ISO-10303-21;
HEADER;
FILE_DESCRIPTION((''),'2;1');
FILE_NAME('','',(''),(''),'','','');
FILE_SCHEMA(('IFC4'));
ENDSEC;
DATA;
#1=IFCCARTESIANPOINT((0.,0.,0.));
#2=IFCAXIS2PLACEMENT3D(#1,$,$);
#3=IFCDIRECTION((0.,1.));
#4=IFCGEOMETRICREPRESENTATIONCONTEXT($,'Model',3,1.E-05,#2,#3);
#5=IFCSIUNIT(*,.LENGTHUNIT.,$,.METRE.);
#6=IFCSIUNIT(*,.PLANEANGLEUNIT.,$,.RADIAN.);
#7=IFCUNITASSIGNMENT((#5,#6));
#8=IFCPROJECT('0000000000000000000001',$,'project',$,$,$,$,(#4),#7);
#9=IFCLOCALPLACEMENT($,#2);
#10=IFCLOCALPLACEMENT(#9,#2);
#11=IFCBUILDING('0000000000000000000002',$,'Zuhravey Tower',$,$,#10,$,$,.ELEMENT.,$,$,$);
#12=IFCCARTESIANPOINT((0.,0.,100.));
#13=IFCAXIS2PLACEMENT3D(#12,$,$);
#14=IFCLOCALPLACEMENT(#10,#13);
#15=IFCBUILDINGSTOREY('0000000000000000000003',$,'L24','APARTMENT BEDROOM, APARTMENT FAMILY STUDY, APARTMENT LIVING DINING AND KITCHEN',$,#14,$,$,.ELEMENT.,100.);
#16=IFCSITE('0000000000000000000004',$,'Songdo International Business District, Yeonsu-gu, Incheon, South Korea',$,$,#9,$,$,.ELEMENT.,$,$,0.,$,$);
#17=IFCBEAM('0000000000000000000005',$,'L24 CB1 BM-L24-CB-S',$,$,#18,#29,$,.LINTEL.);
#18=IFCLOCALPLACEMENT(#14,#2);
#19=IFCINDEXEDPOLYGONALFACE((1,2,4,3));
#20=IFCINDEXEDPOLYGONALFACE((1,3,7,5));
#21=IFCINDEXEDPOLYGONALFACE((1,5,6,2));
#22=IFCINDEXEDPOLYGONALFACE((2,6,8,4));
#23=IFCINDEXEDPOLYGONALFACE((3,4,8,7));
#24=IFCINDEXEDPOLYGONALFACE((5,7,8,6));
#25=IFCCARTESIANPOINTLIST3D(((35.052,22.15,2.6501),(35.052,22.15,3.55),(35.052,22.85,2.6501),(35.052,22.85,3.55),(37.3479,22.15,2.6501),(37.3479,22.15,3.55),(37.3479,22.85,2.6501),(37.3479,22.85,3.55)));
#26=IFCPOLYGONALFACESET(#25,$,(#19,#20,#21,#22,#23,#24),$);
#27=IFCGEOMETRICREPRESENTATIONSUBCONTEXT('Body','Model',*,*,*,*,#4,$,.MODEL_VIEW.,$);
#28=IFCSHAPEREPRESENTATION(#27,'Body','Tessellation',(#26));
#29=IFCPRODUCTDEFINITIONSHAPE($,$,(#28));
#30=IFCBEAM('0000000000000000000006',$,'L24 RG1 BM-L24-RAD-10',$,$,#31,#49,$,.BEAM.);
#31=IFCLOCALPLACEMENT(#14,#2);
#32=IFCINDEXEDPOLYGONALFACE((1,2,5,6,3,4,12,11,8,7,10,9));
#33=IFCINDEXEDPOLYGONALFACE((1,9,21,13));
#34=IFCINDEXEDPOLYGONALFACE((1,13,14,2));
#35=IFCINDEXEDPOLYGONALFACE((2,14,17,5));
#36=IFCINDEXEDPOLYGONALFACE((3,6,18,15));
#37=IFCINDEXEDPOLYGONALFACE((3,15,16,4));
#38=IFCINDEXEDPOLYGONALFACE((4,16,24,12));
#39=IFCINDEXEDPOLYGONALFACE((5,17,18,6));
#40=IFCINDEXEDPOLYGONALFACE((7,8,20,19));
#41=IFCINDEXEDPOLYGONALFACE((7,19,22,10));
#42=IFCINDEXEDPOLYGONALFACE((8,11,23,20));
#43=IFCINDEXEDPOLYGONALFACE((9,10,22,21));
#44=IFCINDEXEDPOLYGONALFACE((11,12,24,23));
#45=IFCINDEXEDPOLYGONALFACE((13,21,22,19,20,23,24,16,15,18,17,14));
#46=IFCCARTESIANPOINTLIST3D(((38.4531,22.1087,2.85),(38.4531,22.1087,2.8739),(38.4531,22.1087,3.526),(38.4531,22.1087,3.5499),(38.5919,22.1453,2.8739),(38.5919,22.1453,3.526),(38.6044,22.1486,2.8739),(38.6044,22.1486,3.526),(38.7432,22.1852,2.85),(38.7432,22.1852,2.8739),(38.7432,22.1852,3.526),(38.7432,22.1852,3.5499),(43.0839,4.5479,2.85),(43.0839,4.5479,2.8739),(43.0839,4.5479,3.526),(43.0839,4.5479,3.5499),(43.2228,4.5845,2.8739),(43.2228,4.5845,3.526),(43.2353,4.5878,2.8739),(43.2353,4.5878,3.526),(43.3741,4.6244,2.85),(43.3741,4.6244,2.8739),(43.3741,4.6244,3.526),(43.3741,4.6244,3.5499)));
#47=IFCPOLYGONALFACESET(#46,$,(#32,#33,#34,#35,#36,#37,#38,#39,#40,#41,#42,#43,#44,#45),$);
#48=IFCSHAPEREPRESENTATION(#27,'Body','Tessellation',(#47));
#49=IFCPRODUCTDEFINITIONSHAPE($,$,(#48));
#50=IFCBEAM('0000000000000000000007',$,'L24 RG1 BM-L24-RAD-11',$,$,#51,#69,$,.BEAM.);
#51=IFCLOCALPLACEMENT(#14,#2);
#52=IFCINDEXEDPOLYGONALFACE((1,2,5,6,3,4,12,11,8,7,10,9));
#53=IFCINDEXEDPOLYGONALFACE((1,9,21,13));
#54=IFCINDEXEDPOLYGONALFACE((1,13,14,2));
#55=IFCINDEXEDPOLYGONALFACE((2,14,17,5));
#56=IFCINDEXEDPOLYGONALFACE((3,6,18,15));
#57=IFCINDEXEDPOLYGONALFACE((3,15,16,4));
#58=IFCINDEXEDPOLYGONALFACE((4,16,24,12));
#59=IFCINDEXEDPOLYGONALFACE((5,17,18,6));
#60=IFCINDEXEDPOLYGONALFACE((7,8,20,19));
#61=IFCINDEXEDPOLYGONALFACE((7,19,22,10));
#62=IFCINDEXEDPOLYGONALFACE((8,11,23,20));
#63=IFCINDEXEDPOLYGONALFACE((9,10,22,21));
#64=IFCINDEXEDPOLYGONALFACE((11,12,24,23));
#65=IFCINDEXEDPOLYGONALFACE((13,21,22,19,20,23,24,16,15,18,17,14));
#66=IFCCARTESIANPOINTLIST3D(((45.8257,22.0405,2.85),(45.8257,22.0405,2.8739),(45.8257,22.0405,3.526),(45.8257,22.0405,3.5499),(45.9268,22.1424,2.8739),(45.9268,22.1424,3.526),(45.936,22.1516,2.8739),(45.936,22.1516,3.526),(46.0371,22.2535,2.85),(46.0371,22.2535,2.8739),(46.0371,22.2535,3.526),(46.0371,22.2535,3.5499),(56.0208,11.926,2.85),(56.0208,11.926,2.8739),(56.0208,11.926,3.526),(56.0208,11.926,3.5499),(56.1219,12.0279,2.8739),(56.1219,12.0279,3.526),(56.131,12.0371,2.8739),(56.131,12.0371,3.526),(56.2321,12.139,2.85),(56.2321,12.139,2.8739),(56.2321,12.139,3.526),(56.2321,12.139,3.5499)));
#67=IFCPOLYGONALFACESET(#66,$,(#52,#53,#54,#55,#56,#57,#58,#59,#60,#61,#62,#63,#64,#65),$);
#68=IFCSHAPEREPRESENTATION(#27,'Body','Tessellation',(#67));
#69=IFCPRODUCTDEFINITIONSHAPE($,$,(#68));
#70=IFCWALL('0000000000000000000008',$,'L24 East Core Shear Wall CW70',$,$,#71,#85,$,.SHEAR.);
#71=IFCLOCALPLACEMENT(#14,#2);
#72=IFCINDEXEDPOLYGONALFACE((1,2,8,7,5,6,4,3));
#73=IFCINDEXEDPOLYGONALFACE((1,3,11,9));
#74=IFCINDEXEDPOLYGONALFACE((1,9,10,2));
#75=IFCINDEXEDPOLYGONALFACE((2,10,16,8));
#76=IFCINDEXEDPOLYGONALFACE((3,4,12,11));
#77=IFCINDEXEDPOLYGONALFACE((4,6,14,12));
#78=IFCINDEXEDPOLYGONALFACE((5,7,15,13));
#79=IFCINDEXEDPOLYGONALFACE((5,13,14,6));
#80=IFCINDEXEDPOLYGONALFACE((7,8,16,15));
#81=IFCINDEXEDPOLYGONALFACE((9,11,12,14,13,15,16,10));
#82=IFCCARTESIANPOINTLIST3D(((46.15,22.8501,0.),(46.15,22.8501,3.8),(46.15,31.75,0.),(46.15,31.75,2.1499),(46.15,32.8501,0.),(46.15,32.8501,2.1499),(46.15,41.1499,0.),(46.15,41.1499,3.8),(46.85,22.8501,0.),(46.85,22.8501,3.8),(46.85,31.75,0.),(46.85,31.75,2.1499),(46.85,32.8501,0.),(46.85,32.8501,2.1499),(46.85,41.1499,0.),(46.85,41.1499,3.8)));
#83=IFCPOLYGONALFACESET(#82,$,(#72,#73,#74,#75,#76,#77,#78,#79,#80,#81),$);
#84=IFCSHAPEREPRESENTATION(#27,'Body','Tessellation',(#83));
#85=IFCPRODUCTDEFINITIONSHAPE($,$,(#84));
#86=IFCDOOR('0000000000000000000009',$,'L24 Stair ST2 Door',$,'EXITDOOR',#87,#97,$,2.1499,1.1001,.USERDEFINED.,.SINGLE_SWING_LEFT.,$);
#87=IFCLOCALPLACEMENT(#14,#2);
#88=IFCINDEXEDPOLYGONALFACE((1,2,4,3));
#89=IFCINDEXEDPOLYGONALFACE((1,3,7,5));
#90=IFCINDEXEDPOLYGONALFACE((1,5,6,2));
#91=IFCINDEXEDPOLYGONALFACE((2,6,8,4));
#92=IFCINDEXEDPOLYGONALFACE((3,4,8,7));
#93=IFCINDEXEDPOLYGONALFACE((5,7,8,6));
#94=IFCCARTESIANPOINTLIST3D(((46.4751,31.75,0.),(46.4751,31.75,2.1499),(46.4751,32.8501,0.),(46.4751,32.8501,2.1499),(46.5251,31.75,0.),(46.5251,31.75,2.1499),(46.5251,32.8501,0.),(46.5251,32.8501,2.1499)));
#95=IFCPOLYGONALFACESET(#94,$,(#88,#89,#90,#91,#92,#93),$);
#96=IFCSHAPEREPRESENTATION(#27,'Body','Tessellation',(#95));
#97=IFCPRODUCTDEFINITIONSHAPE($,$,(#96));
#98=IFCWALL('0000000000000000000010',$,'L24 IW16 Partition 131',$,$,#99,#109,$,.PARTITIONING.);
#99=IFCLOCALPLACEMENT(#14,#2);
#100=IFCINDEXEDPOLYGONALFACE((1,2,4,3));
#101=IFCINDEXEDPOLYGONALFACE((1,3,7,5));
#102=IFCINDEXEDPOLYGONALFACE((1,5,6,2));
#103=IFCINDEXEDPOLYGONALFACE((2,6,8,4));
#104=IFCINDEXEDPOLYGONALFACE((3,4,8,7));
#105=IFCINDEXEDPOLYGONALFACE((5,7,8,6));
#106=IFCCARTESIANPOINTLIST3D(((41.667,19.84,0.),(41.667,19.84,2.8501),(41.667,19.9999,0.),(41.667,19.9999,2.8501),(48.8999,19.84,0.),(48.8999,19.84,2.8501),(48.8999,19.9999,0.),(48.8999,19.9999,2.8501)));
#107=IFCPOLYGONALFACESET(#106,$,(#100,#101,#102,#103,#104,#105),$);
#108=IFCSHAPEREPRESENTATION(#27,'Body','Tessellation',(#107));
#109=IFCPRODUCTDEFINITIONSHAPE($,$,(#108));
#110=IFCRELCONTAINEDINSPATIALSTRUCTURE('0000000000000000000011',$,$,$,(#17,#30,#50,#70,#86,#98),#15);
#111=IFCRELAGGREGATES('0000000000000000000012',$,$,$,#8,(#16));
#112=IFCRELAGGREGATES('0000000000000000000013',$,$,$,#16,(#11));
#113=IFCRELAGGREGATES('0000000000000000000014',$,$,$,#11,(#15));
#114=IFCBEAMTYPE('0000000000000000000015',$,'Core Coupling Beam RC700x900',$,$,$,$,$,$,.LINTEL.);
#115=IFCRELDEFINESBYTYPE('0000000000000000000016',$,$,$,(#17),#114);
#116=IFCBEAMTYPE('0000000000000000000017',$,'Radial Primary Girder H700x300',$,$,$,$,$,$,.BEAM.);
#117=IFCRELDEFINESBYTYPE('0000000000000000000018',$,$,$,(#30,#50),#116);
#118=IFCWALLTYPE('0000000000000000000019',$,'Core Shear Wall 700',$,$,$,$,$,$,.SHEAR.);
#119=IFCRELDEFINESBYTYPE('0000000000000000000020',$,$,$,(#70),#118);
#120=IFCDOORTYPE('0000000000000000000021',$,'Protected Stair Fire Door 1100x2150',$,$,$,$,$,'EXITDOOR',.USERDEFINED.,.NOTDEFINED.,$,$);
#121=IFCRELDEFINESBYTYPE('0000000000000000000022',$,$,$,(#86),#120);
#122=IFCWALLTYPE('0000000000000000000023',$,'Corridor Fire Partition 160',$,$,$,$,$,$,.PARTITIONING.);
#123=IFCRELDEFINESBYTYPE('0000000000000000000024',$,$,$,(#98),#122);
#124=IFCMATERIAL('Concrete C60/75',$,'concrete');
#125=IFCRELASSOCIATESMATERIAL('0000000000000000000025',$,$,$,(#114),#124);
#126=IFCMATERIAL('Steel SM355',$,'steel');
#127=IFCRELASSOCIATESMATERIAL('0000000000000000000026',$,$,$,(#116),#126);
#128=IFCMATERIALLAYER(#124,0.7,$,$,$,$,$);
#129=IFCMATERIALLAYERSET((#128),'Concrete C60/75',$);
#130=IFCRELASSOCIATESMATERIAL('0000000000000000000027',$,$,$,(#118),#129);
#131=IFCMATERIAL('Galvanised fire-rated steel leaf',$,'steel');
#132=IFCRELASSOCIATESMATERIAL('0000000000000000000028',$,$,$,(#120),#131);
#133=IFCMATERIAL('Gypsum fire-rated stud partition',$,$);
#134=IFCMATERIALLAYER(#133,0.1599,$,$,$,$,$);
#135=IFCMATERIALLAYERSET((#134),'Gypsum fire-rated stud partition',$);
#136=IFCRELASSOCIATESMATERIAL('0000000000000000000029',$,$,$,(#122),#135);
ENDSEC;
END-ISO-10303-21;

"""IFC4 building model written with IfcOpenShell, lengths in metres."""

from ifc_helpers import new_model, si_unit, direction, frame, frame_2d, origin, origin_2d, place, context, subcontext, project, spatial, rectangle, i_section, extrude, material, layer, layer_set, material_profile, profile_set, type_object, element, fill, save


model = new_model("IFC4")

# Units and contexts
model_context = context("Model", 3, precision=1e-05, world=origin(), true_north=direction((0.0, 1.0)))
body_context = subcontext(model_context, "Body", "Model", "MODEL_VIEW")
ifc_project = project(units=[si_unit("LENGTHUNIT", "METRE"), si_unit("PLANEANGLEUNIT", "RADIAN")], contexts=[model_context])

# Site, building, storey
site_placement = place(None, origin())
site = spatial("IfcSite", under=ifc_project, at=site_placement, Name="Songdo International Business District, Yeonsu-gu, Incheon, South Korea", CompositionType="ELEMENT", RefElevation=0.0)
building_placement = place(site_placement, origin())
building = spatial("IfcBuilding", under=site, at=building_placement, Name="Zuhravey Tower", CompositionType="ELEMENT")
storey_placement = place(building_placement, frame((0.0, 0.0, 100.0)))
storey = spatial("IfcBuildingStorey", under=building, at=storey_placement, Name="L24", Description="APARTMENT BEDROOM, APARTMENT FAMILY STUDY, APARTMENT LIVING DINING AND KITCHEN", CompositionType="ELEMENT", Elevation=100.0)

# Beams
ifc_material_1 = material(Name="Concrete C60/75", Category="concrete")
ifc_material_profile_1 = material_profile(ifc_material_1, rectangle(XDim=0.7, YDim=0.8999, at=origin_2d()), Name="RC-700x900")
ifc_profile_set_1 = profile_set([ifc_material_profile_1], Name="Concrete C60/75")
beam_type_1 = type_object("IfcBeamType", Name="Core Coupling Beam RC700x900", PredefinedType="LINTEL", material=ifc_profile_set_1)
beam_1_placement = place(storey_placement, frame((35.052, 22.5, 3.1001), z_axis=(1.0, 0.0, 0.0), x_axis=(0.0, 1.0, 0.0)))
element("IfcBeam", 1, at=beam_1_placement, inside=storey, type_object=beam_type_1, Name="L24 CB1 BM-L24-CB-S", PredefinedType="LINTEL", context=body_context, shape_type="SweptSolid", body=[
    extrude(rectangle(XDim=0.7, YDim=0.8999, at=origin_2d()), origin(), (0.0, 0.0, 1.0), 2.2959),
])
ifc_material_2 = material(Name="Steel SM355", Category="steel")
ifc_material_profile_2 = material_profile(ifc_material_2, i_section(OverallWidth=0.3, OverallDepth=0.7, WebThickness=0.0129, FlangeThickness=0.0239, at=origin_2d()), Name="H-700x300x13x24")
ifc_profile_set_2 = profile_set([ifc_material_profile_2], Name="Steel SM355")
beam_type_2 = type_object("IfcBeamType", Name="Radial Primary Girder H700x300", PredefinedType="BEAM", material=ifc_profile_set_2)
beam_2_placement = place(storey_placement, frame((38.5981, 22.147, 3.2), z_axis=(0.254988, -0.966944, 0.0), x_axis=(0.966944, 0.254988, 0.0)))
element("IfcBeam", 2, at=beam_2_placement, inside=storey, type_object=beam_type_2, Name="L24 RG1 BM-L24-RAD-10", PredefinedType="BEAM", context=body_context, shape_type="SweptSolid", body=[
    extrude(i_section(OverallWidth=0.3, OverallDepth=0.7, WebThickness=0.0129, FlangeThickness=0.0239, at=origin_2d()), origin(), (0.0, 0.0, 1.0), 18.1611),
])
beam_3_placement = place(storey_placement, frame((45.9314, 22.147, 3.2), z_axis=(0.709906, -0.704296, 0.0), x_axis=(0.704296, 0.709906, 0.0)))
element("IfcBeam", 3, at=beam_3_placement, inside=storey, type_object=beam_type_2, Name="L24 RG1 BM-L24-RAD-11", PredefinedType="BEAM", context=body_context, shape_type="SweptSolid", body=[
    extrude(i_section(OverallWidth=0.3, OverallDepth=0.7, WebThickness=0.0129, FlangeThickness=0.0239, at=origin_2d()), origin(), (0.0, 0.0, 1.0), 14.3611),
])

# Wall, opening, door
ifc_layer_1 = layer(ifc_material_1, 0.7)
ifc_layer_set_1 = layer_set([ifc_layer_1], Name="Concrete C60/75")
wall_type_1 = type_object("IfcWallType", Name="Core Shear Wall 700", PredefinedType="SHEAR", material=ifc_layer_set_1)
ifc_material_3 = material(Name="Galvanised fire-rated steel leaf", Category="steel")
wall_1_placement = place(storey_placement, frame((46.5, 22.8501, 0.0), z_axis=(0.0, 0.0, 1.0), x_axis=(0.0, 1.0, 0.0)))
wall_1 = element("IfcWall", 4, at=wall_1_placement, inside=storey, type_object=wall_type_1, Name="L24 East Core Shear Wall CW70", PredefinedType="SHEAR", context=body_context, shape_type="SweptSolid", body=[
    extrude(rectangle(XDim=18.2998, YDim=0.7, at=frame_2d((9.1499, 0.0))), origin(), (0.0, 0.0, 1.0), 3.8),
])
opening_1_placement = place(wall_1_placement, frame((8.8999, 0.0, 0.0)))
opening_1 = element("IfcOpeningElement", 5, at=opening_1_placement, cuts=wall_1, PredefinedType="OPENING", context=body_context, shape_type="SweptSolid", body=[
    extrude(rectangle(XDim=1.1001, YDim=2.1499, at=frame_2d((0.55, 1.075))), frame((0.0, 0.3621, 0.0), z_axis=(0.0, -1.0, 0.0), x_axis=(1.0, 0.0, 0.0)), (0.0, 0.0, 1.0), 0.7239),
])
door_type_1 = type_object("IfcDoorType", Name="Protected Stair Fire Door 1100x2150", ElementType="EXITDOOR", OperationType="NOTDEFINED", PredefinedType="USERDEFINED", material=ifc_material_3)
door_1_placement = place(opening_1_placement, origin())
door_1 = element("IfcDoor", 6, at=door_1_placement, inside=storey, type_object=door_type_1, Name="L24 Stair ST2 Door", ObjectType="EXITDOOR", OperationType="SINGLE_SWING_LEFT", OverallHeight=2.1499, OverallWidth=1.1001, PredefinedType="USERDEFINED", context=body_context, shape_type="SweptSolid", body=[
    extrude(rectangle(XDim=1.1001, YDim=2.1499, at=frame_2d((0.55, 1.075))), frame((0.0, 0.0249, 0.0), z_axis=(0.0, -1.0, 0.0), x_axis=(1.0, 0.0, 0.0)), (0.0, 0.0, 1.0), 0.05),
])
fill(opening_1, door_1)

# Wall
ifc_material_4 = material(Name="Gypsum fire-rated stud partition")
ifc_layer_2 = layer(ifc_material_4, 0.1599)
ifc_layer_set_2 = layer_set([ifc_layer_2], Name="Gypsum fire-rated stud partition")
wall_type_2 = type_object("IfcWallType", Name="Corridor Fire Partition 160", PredefinedType="PARTITIONING", material=ifc_layer_set_2)
wall_2_placement = place(storey_placement, frame((41.667, 19.9199, 0.0), z_axis=(0.0, 0.0, 1.0), x_axis=(1.0, 0.0, 0.0)))
element("IfcWall", 7, at=wall_2_placement, inside=storey, type_object=wall_type_2, Name="L24 IW16 Partition 131", PredefinedType="PARTITIONING", context=body_context, shape_type="SweptSolid", body=[
    extrude(rectangle(XDim=7.2329, YDim=0.1599, at=frame_2d((3.6165, 0.0))), origin(), (0.0, 0.0, 1.0), 2.8501),
])

save(model, "model.ifc")
